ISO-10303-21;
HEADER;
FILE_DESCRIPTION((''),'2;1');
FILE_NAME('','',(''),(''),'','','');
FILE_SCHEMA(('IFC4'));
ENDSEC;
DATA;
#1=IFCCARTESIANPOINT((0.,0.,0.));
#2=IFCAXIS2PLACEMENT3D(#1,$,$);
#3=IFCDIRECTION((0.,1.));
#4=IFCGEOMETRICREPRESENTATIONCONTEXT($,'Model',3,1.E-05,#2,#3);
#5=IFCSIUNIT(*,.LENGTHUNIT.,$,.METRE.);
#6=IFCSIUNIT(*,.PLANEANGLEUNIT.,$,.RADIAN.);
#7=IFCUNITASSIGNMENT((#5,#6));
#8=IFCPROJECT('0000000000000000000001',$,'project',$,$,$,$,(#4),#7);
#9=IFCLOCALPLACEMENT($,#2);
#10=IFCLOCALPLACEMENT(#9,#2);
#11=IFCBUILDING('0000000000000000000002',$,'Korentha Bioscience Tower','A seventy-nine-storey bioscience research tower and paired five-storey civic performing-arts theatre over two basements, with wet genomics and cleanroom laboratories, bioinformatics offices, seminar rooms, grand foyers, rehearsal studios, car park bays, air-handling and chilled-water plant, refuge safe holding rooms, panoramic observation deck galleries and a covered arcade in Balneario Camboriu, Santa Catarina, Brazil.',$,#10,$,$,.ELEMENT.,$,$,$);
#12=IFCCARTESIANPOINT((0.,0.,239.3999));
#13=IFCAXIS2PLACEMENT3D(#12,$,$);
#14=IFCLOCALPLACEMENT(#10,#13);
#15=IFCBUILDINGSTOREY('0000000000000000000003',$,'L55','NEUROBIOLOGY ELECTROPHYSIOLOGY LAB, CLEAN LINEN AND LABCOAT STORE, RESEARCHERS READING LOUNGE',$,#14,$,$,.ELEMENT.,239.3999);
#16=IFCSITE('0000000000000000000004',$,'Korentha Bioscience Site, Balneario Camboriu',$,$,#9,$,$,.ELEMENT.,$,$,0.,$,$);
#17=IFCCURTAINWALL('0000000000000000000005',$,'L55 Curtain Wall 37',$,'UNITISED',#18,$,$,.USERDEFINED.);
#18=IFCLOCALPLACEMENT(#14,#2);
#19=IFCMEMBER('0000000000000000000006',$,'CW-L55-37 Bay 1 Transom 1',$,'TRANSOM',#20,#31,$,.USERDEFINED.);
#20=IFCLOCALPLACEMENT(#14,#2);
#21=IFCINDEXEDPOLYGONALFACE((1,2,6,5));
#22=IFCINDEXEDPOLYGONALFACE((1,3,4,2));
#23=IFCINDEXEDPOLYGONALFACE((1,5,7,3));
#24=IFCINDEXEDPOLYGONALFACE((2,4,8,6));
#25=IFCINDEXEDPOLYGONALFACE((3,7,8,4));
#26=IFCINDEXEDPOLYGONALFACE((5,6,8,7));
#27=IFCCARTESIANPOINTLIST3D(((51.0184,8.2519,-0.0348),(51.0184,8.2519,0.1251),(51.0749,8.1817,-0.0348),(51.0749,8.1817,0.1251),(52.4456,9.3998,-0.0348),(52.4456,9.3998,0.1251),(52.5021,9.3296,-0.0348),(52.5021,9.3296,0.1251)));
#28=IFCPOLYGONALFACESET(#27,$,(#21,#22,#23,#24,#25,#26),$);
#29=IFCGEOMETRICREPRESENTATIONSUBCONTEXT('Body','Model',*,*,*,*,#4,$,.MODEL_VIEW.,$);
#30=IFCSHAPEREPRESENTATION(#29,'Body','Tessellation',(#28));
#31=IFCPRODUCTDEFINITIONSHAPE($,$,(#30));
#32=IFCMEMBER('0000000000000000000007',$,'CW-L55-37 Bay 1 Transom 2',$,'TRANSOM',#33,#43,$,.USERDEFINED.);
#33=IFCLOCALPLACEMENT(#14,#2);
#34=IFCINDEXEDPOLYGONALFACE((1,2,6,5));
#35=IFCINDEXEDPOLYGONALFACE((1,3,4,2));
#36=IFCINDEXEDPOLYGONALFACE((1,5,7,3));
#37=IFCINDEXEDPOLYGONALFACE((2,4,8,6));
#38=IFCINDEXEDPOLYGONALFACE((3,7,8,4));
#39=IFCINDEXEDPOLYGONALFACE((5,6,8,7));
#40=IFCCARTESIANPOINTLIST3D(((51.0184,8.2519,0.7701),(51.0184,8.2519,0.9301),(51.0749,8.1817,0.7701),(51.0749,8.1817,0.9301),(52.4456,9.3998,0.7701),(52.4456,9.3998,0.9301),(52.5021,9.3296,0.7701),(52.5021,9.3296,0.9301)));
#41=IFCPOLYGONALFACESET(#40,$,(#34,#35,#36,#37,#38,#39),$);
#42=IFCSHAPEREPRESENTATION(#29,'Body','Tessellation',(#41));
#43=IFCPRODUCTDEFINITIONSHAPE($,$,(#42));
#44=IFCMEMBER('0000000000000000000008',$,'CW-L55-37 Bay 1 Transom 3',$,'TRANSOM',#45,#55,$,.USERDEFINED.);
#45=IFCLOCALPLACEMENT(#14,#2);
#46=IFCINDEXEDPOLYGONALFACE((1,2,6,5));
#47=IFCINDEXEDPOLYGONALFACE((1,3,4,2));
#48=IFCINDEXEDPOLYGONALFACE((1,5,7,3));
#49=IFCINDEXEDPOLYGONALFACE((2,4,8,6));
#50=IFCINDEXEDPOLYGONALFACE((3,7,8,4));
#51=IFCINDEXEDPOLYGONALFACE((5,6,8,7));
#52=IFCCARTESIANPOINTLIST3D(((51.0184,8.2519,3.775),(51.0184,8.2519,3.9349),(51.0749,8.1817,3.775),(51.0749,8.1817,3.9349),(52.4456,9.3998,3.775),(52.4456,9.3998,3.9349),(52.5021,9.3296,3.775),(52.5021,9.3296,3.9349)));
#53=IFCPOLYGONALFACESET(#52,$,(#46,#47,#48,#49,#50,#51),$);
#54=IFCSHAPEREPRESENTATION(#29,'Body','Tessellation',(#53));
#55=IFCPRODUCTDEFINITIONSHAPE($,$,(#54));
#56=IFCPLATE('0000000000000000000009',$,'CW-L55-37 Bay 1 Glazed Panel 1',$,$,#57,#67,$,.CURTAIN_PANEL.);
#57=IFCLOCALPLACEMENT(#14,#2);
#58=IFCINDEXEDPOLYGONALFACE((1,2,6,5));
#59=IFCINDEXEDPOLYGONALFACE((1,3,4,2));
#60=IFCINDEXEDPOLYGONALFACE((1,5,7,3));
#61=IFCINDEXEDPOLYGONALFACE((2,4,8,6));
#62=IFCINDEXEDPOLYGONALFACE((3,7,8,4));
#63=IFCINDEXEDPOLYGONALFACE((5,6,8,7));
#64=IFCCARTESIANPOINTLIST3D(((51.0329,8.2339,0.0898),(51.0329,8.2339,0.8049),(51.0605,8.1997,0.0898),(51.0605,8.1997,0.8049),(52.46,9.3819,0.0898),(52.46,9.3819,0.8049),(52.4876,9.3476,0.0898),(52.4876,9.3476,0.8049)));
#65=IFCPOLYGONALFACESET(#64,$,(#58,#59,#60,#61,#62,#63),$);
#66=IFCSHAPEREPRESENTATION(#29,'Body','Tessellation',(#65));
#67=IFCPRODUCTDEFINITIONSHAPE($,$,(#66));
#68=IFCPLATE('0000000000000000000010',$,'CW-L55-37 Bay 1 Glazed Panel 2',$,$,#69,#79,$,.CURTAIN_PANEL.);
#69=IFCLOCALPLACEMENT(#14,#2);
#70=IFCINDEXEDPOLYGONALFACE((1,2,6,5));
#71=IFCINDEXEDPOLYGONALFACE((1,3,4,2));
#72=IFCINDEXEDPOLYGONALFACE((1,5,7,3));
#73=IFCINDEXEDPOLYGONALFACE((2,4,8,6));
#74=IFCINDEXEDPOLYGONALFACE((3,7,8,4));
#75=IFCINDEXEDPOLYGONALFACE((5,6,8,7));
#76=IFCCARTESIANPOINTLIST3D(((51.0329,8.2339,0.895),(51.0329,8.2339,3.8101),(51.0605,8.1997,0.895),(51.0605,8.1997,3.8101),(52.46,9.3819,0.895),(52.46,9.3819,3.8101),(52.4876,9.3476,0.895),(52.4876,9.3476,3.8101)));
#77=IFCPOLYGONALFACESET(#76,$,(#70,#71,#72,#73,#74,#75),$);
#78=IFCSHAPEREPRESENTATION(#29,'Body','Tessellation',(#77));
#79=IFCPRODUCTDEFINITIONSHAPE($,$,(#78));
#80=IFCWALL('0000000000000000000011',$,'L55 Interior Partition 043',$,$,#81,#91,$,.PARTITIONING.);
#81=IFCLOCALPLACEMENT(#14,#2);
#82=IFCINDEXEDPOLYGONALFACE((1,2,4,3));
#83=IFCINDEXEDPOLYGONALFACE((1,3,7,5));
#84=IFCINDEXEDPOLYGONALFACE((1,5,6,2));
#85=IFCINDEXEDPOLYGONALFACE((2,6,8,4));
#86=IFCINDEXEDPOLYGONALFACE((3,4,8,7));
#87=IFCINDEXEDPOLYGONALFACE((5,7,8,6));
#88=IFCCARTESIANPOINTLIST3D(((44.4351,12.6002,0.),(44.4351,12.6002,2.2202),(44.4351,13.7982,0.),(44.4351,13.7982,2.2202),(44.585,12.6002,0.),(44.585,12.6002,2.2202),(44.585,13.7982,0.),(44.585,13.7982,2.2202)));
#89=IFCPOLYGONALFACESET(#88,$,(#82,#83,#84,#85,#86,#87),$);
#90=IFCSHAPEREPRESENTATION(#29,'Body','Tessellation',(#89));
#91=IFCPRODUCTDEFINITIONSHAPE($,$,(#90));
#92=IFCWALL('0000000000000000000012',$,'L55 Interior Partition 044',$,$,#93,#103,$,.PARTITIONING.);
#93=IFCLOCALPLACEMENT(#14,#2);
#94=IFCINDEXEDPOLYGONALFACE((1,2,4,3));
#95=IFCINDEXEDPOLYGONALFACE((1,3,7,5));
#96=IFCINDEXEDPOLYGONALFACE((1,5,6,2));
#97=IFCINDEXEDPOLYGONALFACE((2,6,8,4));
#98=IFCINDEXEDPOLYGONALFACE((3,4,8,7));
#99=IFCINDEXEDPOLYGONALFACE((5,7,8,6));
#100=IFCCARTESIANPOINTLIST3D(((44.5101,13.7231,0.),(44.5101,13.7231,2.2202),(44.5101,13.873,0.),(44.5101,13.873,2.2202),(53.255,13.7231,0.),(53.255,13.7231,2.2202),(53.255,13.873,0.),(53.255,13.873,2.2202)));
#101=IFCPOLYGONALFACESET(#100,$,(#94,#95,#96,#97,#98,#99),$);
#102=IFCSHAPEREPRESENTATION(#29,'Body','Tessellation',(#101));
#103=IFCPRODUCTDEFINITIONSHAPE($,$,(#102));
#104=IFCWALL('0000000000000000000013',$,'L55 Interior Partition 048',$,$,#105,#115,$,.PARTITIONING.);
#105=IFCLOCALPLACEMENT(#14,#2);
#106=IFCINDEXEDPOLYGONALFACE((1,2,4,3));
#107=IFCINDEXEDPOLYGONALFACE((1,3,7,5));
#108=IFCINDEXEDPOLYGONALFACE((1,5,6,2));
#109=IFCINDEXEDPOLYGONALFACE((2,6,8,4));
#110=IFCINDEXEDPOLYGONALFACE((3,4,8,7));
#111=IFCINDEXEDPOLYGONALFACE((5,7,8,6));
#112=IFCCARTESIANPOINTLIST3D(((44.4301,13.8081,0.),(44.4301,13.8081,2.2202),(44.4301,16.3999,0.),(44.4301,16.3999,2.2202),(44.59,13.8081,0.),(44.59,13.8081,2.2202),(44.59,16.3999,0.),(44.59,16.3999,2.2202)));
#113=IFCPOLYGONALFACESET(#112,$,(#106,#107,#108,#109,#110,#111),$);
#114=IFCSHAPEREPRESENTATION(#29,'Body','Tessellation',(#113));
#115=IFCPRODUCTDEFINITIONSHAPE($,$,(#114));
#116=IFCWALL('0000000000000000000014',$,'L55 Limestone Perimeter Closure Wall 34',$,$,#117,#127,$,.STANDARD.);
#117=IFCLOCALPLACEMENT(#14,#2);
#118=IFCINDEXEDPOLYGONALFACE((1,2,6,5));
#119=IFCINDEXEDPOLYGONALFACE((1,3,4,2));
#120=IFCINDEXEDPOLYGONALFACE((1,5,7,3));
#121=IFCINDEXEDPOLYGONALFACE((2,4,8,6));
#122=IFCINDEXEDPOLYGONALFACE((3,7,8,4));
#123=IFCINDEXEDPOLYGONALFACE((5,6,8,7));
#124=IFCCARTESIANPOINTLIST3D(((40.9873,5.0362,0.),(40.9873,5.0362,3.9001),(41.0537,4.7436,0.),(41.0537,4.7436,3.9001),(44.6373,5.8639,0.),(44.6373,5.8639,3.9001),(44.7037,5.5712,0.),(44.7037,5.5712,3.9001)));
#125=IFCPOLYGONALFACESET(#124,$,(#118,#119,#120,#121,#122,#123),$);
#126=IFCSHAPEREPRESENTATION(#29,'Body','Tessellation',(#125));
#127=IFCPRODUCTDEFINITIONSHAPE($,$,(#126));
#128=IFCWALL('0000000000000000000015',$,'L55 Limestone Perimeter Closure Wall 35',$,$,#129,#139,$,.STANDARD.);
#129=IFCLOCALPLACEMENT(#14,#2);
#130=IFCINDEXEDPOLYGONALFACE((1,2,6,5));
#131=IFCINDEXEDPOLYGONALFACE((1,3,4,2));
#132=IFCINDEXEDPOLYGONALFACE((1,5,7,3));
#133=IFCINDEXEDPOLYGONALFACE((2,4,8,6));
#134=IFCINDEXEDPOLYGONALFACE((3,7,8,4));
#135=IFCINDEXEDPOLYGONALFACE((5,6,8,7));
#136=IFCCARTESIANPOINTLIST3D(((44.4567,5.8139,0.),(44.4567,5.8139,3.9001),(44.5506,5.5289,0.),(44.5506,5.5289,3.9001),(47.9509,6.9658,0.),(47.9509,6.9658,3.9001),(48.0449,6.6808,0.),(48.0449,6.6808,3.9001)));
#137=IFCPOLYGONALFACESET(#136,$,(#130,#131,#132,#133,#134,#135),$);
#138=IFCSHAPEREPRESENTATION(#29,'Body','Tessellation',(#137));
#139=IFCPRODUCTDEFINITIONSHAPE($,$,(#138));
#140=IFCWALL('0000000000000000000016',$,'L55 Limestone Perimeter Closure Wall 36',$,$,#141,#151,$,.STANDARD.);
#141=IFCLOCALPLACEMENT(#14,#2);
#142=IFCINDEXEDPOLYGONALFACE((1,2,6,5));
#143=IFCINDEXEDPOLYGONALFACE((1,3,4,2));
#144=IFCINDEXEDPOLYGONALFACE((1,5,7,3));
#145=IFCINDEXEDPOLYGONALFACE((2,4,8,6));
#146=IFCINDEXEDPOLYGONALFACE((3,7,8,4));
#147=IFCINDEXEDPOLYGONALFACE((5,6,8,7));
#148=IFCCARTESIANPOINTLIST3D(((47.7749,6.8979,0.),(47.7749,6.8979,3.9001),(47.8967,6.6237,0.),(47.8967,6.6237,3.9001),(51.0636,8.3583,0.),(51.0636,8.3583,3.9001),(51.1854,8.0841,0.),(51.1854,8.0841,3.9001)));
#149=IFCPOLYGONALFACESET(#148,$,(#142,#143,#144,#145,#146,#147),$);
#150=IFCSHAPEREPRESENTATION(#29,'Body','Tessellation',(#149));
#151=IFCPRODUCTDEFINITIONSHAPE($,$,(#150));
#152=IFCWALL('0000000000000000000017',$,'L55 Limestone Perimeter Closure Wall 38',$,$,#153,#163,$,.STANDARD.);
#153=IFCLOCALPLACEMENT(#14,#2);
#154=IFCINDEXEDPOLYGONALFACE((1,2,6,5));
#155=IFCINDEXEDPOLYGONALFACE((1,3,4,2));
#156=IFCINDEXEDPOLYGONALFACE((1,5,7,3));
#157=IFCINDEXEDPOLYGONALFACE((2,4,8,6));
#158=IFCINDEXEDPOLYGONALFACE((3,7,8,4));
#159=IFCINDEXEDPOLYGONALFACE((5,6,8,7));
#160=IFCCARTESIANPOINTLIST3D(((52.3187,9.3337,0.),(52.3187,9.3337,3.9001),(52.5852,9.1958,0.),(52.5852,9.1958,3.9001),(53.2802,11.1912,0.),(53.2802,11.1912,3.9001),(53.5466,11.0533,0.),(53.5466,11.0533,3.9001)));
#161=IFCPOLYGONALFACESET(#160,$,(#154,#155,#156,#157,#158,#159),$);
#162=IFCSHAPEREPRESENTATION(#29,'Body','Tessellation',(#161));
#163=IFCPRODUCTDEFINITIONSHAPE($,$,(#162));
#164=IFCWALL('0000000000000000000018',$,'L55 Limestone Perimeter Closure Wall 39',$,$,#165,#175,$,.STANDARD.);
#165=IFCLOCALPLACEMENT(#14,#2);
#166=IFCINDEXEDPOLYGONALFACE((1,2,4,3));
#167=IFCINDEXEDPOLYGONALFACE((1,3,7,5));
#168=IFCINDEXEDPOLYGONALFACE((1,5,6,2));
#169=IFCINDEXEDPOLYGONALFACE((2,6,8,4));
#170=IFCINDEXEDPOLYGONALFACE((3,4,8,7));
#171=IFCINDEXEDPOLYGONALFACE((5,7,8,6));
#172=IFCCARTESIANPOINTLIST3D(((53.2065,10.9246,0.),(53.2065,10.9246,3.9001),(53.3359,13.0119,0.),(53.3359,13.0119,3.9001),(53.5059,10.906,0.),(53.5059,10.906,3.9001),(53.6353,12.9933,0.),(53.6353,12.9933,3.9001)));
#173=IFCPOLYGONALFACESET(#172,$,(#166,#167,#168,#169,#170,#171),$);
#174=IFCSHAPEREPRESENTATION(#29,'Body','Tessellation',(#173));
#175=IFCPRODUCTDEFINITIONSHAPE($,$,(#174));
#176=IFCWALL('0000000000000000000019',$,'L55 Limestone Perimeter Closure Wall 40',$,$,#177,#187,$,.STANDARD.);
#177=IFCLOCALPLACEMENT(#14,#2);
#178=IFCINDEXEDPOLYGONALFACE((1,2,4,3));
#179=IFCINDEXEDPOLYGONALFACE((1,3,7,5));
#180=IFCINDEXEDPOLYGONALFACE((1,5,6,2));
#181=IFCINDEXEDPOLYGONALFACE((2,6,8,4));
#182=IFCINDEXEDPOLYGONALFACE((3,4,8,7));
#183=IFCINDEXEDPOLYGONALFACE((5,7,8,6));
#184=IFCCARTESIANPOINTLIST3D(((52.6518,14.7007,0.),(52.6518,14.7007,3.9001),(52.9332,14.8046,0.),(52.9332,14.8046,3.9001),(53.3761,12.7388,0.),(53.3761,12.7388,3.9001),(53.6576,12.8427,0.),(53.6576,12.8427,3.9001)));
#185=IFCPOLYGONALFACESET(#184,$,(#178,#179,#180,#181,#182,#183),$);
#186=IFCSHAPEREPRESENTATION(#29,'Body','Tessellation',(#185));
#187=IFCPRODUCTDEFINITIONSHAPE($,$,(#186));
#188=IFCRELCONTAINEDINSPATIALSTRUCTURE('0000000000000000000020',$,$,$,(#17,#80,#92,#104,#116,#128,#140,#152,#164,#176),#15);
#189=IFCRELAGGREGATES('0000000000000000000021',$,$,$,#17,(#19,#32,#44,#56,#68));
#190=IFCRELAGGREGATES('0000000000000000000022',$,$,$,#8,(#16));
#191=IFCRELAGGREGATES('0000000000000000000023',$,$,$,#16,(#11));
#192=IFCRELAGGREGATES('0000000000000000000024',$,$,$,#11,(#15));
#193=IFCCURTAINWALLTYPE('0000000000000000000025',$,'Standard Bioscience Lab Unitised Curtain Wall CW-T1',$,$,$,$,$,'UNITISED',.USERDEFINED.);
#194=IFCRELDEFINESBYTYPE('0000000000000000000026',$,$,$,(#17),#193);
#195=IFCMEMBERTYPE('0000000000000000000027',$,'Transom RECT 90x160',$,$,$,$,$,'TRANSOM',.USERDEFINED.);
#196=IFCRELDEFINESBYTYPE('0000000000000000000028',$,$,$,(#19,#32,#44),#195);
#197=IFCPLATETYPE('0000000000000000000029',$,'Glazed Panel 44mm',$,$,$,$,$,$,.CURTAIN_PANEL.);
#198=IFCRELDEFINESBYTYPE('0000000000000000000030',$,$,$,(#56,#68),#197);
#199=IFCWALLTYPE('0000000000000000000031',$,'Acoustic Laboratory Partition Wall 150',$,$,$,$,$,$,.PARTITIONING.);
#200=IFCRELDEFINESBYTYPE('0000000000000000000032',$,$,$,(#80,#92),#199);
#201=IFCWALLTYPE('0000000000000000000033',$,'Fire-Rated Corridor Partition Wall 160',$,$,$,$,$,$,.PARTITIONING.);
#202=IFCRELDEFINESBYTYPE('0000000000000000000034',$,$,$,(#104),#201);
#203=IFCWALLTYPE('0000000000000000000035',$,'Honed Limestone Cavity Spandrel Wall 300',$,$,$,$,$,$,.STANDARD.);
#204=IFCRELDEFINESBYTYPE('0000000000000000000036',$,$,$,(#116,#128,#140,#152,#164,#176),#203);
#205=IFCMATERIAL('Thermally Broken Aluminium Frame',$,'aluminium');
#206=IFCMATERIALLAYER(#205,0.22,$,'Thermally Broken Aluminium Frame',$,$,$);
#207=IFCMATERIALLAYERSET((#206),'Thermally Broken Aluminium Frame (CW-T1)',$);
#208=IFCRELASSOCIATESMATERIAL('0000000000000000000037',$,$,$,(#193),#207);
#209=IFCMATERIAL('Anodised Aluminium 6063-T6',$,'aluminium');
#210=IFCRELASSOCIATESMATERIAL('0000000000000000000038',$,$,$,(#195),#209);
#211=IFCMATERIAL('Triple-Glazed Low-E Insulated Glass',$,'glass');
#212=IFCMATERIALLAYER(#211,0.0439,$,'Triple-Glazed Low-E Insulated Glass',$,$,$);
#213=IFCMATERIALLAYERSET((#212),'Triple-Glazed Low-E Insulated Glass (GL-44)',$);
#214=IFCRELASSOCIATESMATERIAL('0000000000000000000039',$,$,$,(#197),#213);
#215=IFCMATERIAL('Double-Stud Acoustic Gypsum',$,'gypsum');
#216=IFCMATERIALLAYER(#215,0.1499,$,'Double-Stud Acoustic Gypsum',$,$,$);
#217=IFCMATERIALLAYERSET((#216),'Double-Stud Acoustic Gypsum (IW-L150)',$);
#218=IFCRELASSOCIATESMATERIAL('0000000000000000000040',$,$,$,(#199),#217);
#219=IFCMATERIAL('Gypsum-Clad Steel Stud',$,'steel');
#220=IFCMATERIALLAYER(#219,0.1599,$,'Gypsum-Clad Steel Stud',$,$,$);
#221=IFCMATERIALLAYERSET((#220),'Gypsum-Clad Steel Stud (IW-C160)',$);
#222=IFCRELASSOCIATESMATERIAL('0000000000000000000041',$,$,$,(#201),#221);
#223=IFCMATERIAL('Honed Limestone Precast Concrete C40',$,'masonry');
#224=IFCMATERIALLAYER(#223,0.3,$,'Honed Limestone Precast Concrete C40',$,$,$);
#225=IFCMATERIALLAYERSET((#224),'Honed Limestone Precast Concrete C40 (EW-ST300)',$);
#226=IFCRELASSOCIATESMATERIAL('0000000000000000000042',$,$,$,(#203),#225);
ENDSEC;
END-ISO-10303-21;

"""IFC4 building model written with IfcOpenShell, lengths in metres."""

from ifc_helpers import new_model, si_unit, direction, frame, frame_2d, origin, origin_2d, place, context, subcontext, project, spatial, rectangle, extrude, material, layer, layer_set, material_profile, profile_set, type_object, element, aggregate, save


model = new_model("IFC4")

# Units and contexts
model_context = context("Model", 3, precision=1e-05, world=origin(), true_north=direction((0.0, 1.0)))
body_context = subcontext(model_context, "Body", "Model", "MODEL_VIEW")
ifc_project = project(units=[si_unit("LENGTHUNIT", "METRE"), si_unit("PLANEANGLEUNIT", "RADIAN")], contexts=[model_context])

# Site, building, storey
site_placement = place(None, origin())
site = spatial("IfcSite", under=ifc_project, at=site_placement, Name="Korentha Bioscience Site, Balneario Camboriu", CompositionType="ELEMENT", RefElevation=0.0)
building_placement = place(site_placement, origin())
building = spatial("IfcBuilding", under=site, at=building_placement, Name="Korentha Bioscience Tower", Description="A seventy-nine-storey bioscience research tower and paired five-storey civic performing-arts theatre over two basements, with wet genomics and cleanroom laboratories, bioinformatics offices, seminar rooms, grand foyers, rehearsal studios, car park bays, air-handling and chilled-water plant, refuge safe holding rooms, panoramic observation deck galleries and a covered arcade in Balneario Camboriu, Santa Catarina, Brazil.", CompositionType="ELEMENT")
storey_placement = place(building_placement, frame((0.0, 0.0, 239.3999)))
storey = spatial("IfcBuildingStorey", under=building, at=storey_placement, Name="L55", Description="NEUROBIOLOGY ELECTROPHYSIOLOGY LAB, CLEAN LINEN AND LABCOAT STORE, RESEARCHERS READING LOUNGE", CompositionType="ELEMENT", Elevation=239.3999)

# Curtain wall, members, plates
ifc_material_1 = material(Name="Thermally Broken Aluminium Frame", Category="aluminium")
ifc_layer_1 = layer(ifc_material_1, 0.22, Name="Thermally Broken Aluminium Frame")
ifc_layer_set_1 = layer_set([ifc_layer_1], Name="Thermally Broken Aluminium Frame (CW-T1)")
curtain_wall_type = type_object("IfcCurtainWallType", Name="Standard Bioscience Lab Unitised Curtain Wall CW-T1", ElementType="UNITISED", PredefinedType="USERDEFINED", material=ifc_layer_set_1)
curtain_wall_placement = place(storey_placement, origin())
curtain_wall = element("IfcCurtainWall", 1, at=curtain_wall_placement, inside=storey, type_object=curtain_wall_type, Name="L55 Curtain Wall 37", ObjectType="UNITISED", PredefinedType="USERDEFINED")
ifc_material_2 = material(Name="Anodised Aluminium 6063-T6", Category="aluminium")
ifc_material_profile_1 = material_profile(ifc_material_2, rectangle(XDim=0.0901, YDim=0.1599, at=origin_2d()), Name="Anodised Aluminium 6063-T6")
ifc_profile_set_1 = profile_set([ifc_material_profile_1], Name="Anodised Aluminium 6063-T6 (CW-TRN)")
member_type_1 = type_object("IfcMemberType", Name="Transom RECT 90x160", ElementType="TRANSOM", PredefinedType="USERDEFINED", material=ifc_profile_set_1)
member_1_placement = place(storey_placement, frame((51.0466, 8.2168, 0.0452), z_axis=(0.779228, 0.626741, 0.0), x_axis=(-0.626741, 0.779228, 0.0)))
member_1 = element("IfcMember", 2, at=member_1_placement, type_object=member_type_1, Name="CW-L55-37 Bay 1 Transom 1", ObjectType="TRANSOM", PredefinedType="USERDEFINED", context=body_context, shape_type="SweptSolid", body=[
    extrude(rectangle(XDim=0.0901, YDim=0.1599, at=origin_2d()), origin(), (0.0, 0.0, 1.0), 1.8315),
])
member_2_placement = place(storey_placement, frame((51.0466, 8.2168, 0.8501), z_axis=(0.779228, 0.626741, 0.0), x_axis=(-0.626741, 0.779228, 0.0)))
member_2 = element("IfcMember", 3, at=member_2_placement, type_object=member_type_1, Name="CW-L55-37 Bay 1 Transom 2", ObjectType="TRANSOM", PredefinedType="USERDEFINED", context=body_context, shape_type="SweptSolid", body=[
    extrude(rectangle(XDim=0.0901, YDim=0.1599, at=origin_2d()), origin(), (0.0, 0.0, 1.0), 1.8315),
])
member_3_placement = place(storey_placement, frame((51.0466, 8.2168, 3.855), z_axis=(0.779228, 0.626741, 0.0), x_axis=(-0.626741, 0.779228, 0.0)))
member_3 = element("IfcMember", 4, at=member_3_placement, type_object=member_type_1, Name="CW-L55-37 Bay 1 Transom 3", ObjectType="TRANSOM", PredefinedType="USERDEFINED", context=body_context, shape_type="SweptSolid", body=[
    extrude(rectangle(XDim=0.0901, YDim=0.1599, at=origin_2d()), origin(), (0.0, 0.0, 1.0), 1.8315),
])
ifc_material_3 = material(Name="Triple-Glazed Low-E Insulated Glass", Category="glass")
ifc_layer_2 = layer(ifc_material_3, 0.0439, Name="Triple-Glazed Low-E Insulated Glass")
ifc_layer_set_2 = layer_set([ifc_layer_2], Name="Triple-Glazed Low-E Insulated Glass (GL-44)")
plate_type = type_object("IfcPlateType", Name="Glazed Panel 44mm", PredefinedType="CURTAIN_PANEL", material=ifc_layer_set_2)
plate_1_placement = place(storey_placement, frame((51.7603, 8.7908, 0.0898), z_axis=(0.0, 0.0, 1.0), x_axis=(0.779198, 0.626778, 0.0)))
plate_1 = element("IfcPlate", 5, at=plate_1_placement, type_object=plate_type, Name="CW-L55-37 Bay 1 Glazed Panel 1", PredefinedType="CURTAIN_PANEL", context=body_context, shape_type="SweptSolid", body=[
    extrude(rectangle(XDim=1.8315, YDim=0.0439, at=origin_2d()), origin(), (0.0, 0.0, 1.0), 0.7151),
])
plate_2_placement = place(storey_placement, frame((51.7603, 8.7908, 0.895), z_axis=(0.0, 0.0, 1.0), x_axis=(0.779198, 0.626778, 0.0)))
plate_2 = element("IfcPlate", 6, at=plate_2_placement, type_object=plate_type, Name="CW-L55-37 Bay 1 Glazed Panel 2", PredefinedType="CURTAIN_PANEL", context=body_context, shape_type="SweptSolid", body=[
    extrude(rectangle(XDim=1.8315, YDim=0.0439, at=origin_2d()), origin(), (0.0, 0.0, 1.0), 2.915),
])
aggregate(curtain_wall, [member_1, member_2, member_3, plate_1, plate_2])

# Walls
ifc_material_4 = material(Name="Double-Stud Acoustic Gypsum", Category="gypsum")
ifc_layer_3 = layer(ifc_material_4, 0.1499, Name="Double-Stud Acoustic Gypsum")
ifc_layer_set_3 = layer_set([ifc_layer_3], Name="Double-Stud Acoustic Gypsum (IW-L150)")
wall_type_1 = type_object("IfcWallType", Name="Acoustic Laboratory Partition Wall 150", PredefinedType="PARTITIONING", material=ifc_layer_set_3)
wall_1_placement = place(storey_placement, frame((44.51, 12.6001, 0.0), z_axis=(0.0, 0.0, 1.0), x_axis=(0.0, 1.0, 0.0)))
element("IfcWall", 7, at=wall_1_placement, inside=storey, type_object=wall_type_1, Name="L55 Interior Partition 043", PredefinedType="PARTITIONING", context=body_context, shape_type="SweptSolid", body=[
    extrude(rectangle(XDim=1.198, YDim=0.1499, at=frame_2d((0.5991, 0.0))), origin(), (0.0, 0.0, 1.0), 2.2202),
])
wall_2_placement = place(storey_placement, frame((44.51, 13.7981, 0.0), z_axis=(0.0, 0.0, 1.0), x_axis=(1.0, 0.0, 0.0)))
element("IfcWall", 8, at=wall_2_placement, inside=storey, type_object=wall_type_1, Name="L55 Interior Partition 044", PredefinedType="PARTITIONING", context=body_context, shape_type="SweptSolid", body=[
    extrude(rectangle(XDim=8.7449, YDim=0.1499, at=frame_2d((4.3726, 0.0))), origin(), (0.0, 0.0, 1.0), 2.2202),
])
ifc_material_5 = material(Name="Gypsum-Clad Steel Stud", Category="steel")
ifc_layer_4 = layer(ifc_material_5, 0.1599, Name="Gypsum-Clad Steel Stud")
ifc_layer_set_4 = layer_set([ifc_layer_4], Name="Gypsum-Clad Steel Stud (IW-C160)")
wall_type_2 = type_object("IfcWallType", Name="Fire-Rated Corridor Partition Wall 160", PredefinedType="PARTITIONING", material=ifc_layer_set_4)
wall_3_placement = place(storey_placement, frame((44.51, 13.8081, 0.0), z_axis=(0.0, 0.0, 1.0), x_axis=(0.0, 1.0, 0.0)))
element("IfcWall", 9, at=wall_3_placement, inside=storey, type_object=wall_type_2, Name="L55 Interior Partition 048", PredefinedType="PARTITIONING", context=body_context, shape_type="SweptSolid", body=[
    extrude(rectangle(XDim=2.5918, YDim=0.1599, at=frame_2d((1.2959, 0.0))), origin(), (0.0, 0.0, 1.0), 2.2202),
])
ifc_material_6 = material(Name="Honed Limestone Precast Concrete C40", Category="masonry")
ifc_layer_5 = layer(ifc_material_6, 0.3, Name="Honed Limestone Precast Concrete C40")
ifc_layer_set_5 = layer_set([ifc_layer_5], Name="Honed Limestone Precast Concrete C40 (EW-ST300)")
wall_type_3 = type_object("IfcWallType", Name="Honed Limestone Cavity Spandrel Wall 300", PredefinedType="STANDARD", material=ifc_layer_set_5)
wall_4_placement = place(storey_placement, frame((41.0205, 4.8899, 0.0), z_axis=(0.0, 0.0, 1.0), x_axis=(0.975242, 0.221142, 0.0)))
element("IfcWall", 10, at=wall_4_placement, inside=storey, type_object=wall_type_3, Name="L55 Limestone Perimeter Closure Wall 34", PredefinedType="STANDARD", context=body_context, shape_type="SweptSolid", body=[
    extrude(rectangle(XDim=3.7427, YDim=0.3, at=frame_2d((1.8713, 0.0))), origin(), (0.0, 0.0, 1.0), 3.9001),
])
wall_5_placement = place(storey_placement, frame((44.5037, 5.6714, 0.0), z_axis=(0.0, 0.0, 1.0), x_axis=(0.949727, 0.313081, 0.0)))
element("IfcWall", 11, at=wall_5_placement, inside=storey, type_object=wall_type_3, Name="L55 Limestone Perimeter Closure Wall 35", PredefinedType="STANDARD", context=body_context, shape_type="SweptSolid", body=[
    extrude(rectangle(XDim=3.6792, YDim=0.3, at=frame_2d((1.8396, 0.0))), origin(), (0.0, 0.0, 1.0), 3.9001),
])
wall_6_placement = place(storey_placement, frame((47.8357, 6.7607, 0.0), z_axis=(0.0, 0.0, 1.0), x_axis=(0.91394, 0.405849, 0.0)))
element("IfcWall", 12, at=wall_6_placement, inside=storey, type_object=wall_type_3, Name="L55 Limestone Perimeter Closure Wall 36", PredefinedType="STANDARD", context=body_context, shape_type="SweptSolid", body=[
    extrude(rectangle(XDim=3.5984, YDim=0.3, at=frame_2d((1.7993, 0.0))), origin(), (0.0, 0.0, 1.0), 3.9001),
])
wall_7_placement = place(storey_placement, frame((52.4519, 9.2646, 0.0), z_axis=(0.0, 0.0, 1.0), x_axis=(0.459683, 0.888083, 0.0)))
element("IfcWall", 13, at=wall_7_placement, inside=storey, type_object=wall_type_3, Name="L55 Limestone Perimeter Closure Wall 38", PredefinedType="STANDARD", context=body_context, shape_type="SweptSolid", body=[
    extrude(rectangle(XDim=2.0916, YDim=0.3, at=frame_2d((1.0459, 0.0))), origin(), (0.0, 0.0, 1.0), 3.9001),
])
for number, where, z_axis, x_axis, name in (
    (14, (53.3562, 10.9153, 0.0), (0.0, 0.0, 1.0), (0.06187, 0.998084, 0.0), "L55 Limestone Perimeter Closure Wall 39"),
    (15, (53.5168, 12.7908, 0.0), (0.0, 0.0, 1.0), (-0.34636, 0.938102, 0.0), "L55 Limestone Perimeter Closure Wall 40"),
):
    element("IfcWall", number, at=place(storey_placement, frame(where, z_axis=z_axis, x_axis=x_axis)), inside=storey, type_object=wall_type_3, Name=name, PredefinedType="STANDARD", context=body_context, shape_type="SweptSolid", body=[
        extrude(rectangle(XDim=2.0913, YDim=0.3, at=frame_2d((1.0457, 0.0))), origin(), (0.0, 0.0, 1.0), 3.9001),
    ])

save(model, "model.ifc")
